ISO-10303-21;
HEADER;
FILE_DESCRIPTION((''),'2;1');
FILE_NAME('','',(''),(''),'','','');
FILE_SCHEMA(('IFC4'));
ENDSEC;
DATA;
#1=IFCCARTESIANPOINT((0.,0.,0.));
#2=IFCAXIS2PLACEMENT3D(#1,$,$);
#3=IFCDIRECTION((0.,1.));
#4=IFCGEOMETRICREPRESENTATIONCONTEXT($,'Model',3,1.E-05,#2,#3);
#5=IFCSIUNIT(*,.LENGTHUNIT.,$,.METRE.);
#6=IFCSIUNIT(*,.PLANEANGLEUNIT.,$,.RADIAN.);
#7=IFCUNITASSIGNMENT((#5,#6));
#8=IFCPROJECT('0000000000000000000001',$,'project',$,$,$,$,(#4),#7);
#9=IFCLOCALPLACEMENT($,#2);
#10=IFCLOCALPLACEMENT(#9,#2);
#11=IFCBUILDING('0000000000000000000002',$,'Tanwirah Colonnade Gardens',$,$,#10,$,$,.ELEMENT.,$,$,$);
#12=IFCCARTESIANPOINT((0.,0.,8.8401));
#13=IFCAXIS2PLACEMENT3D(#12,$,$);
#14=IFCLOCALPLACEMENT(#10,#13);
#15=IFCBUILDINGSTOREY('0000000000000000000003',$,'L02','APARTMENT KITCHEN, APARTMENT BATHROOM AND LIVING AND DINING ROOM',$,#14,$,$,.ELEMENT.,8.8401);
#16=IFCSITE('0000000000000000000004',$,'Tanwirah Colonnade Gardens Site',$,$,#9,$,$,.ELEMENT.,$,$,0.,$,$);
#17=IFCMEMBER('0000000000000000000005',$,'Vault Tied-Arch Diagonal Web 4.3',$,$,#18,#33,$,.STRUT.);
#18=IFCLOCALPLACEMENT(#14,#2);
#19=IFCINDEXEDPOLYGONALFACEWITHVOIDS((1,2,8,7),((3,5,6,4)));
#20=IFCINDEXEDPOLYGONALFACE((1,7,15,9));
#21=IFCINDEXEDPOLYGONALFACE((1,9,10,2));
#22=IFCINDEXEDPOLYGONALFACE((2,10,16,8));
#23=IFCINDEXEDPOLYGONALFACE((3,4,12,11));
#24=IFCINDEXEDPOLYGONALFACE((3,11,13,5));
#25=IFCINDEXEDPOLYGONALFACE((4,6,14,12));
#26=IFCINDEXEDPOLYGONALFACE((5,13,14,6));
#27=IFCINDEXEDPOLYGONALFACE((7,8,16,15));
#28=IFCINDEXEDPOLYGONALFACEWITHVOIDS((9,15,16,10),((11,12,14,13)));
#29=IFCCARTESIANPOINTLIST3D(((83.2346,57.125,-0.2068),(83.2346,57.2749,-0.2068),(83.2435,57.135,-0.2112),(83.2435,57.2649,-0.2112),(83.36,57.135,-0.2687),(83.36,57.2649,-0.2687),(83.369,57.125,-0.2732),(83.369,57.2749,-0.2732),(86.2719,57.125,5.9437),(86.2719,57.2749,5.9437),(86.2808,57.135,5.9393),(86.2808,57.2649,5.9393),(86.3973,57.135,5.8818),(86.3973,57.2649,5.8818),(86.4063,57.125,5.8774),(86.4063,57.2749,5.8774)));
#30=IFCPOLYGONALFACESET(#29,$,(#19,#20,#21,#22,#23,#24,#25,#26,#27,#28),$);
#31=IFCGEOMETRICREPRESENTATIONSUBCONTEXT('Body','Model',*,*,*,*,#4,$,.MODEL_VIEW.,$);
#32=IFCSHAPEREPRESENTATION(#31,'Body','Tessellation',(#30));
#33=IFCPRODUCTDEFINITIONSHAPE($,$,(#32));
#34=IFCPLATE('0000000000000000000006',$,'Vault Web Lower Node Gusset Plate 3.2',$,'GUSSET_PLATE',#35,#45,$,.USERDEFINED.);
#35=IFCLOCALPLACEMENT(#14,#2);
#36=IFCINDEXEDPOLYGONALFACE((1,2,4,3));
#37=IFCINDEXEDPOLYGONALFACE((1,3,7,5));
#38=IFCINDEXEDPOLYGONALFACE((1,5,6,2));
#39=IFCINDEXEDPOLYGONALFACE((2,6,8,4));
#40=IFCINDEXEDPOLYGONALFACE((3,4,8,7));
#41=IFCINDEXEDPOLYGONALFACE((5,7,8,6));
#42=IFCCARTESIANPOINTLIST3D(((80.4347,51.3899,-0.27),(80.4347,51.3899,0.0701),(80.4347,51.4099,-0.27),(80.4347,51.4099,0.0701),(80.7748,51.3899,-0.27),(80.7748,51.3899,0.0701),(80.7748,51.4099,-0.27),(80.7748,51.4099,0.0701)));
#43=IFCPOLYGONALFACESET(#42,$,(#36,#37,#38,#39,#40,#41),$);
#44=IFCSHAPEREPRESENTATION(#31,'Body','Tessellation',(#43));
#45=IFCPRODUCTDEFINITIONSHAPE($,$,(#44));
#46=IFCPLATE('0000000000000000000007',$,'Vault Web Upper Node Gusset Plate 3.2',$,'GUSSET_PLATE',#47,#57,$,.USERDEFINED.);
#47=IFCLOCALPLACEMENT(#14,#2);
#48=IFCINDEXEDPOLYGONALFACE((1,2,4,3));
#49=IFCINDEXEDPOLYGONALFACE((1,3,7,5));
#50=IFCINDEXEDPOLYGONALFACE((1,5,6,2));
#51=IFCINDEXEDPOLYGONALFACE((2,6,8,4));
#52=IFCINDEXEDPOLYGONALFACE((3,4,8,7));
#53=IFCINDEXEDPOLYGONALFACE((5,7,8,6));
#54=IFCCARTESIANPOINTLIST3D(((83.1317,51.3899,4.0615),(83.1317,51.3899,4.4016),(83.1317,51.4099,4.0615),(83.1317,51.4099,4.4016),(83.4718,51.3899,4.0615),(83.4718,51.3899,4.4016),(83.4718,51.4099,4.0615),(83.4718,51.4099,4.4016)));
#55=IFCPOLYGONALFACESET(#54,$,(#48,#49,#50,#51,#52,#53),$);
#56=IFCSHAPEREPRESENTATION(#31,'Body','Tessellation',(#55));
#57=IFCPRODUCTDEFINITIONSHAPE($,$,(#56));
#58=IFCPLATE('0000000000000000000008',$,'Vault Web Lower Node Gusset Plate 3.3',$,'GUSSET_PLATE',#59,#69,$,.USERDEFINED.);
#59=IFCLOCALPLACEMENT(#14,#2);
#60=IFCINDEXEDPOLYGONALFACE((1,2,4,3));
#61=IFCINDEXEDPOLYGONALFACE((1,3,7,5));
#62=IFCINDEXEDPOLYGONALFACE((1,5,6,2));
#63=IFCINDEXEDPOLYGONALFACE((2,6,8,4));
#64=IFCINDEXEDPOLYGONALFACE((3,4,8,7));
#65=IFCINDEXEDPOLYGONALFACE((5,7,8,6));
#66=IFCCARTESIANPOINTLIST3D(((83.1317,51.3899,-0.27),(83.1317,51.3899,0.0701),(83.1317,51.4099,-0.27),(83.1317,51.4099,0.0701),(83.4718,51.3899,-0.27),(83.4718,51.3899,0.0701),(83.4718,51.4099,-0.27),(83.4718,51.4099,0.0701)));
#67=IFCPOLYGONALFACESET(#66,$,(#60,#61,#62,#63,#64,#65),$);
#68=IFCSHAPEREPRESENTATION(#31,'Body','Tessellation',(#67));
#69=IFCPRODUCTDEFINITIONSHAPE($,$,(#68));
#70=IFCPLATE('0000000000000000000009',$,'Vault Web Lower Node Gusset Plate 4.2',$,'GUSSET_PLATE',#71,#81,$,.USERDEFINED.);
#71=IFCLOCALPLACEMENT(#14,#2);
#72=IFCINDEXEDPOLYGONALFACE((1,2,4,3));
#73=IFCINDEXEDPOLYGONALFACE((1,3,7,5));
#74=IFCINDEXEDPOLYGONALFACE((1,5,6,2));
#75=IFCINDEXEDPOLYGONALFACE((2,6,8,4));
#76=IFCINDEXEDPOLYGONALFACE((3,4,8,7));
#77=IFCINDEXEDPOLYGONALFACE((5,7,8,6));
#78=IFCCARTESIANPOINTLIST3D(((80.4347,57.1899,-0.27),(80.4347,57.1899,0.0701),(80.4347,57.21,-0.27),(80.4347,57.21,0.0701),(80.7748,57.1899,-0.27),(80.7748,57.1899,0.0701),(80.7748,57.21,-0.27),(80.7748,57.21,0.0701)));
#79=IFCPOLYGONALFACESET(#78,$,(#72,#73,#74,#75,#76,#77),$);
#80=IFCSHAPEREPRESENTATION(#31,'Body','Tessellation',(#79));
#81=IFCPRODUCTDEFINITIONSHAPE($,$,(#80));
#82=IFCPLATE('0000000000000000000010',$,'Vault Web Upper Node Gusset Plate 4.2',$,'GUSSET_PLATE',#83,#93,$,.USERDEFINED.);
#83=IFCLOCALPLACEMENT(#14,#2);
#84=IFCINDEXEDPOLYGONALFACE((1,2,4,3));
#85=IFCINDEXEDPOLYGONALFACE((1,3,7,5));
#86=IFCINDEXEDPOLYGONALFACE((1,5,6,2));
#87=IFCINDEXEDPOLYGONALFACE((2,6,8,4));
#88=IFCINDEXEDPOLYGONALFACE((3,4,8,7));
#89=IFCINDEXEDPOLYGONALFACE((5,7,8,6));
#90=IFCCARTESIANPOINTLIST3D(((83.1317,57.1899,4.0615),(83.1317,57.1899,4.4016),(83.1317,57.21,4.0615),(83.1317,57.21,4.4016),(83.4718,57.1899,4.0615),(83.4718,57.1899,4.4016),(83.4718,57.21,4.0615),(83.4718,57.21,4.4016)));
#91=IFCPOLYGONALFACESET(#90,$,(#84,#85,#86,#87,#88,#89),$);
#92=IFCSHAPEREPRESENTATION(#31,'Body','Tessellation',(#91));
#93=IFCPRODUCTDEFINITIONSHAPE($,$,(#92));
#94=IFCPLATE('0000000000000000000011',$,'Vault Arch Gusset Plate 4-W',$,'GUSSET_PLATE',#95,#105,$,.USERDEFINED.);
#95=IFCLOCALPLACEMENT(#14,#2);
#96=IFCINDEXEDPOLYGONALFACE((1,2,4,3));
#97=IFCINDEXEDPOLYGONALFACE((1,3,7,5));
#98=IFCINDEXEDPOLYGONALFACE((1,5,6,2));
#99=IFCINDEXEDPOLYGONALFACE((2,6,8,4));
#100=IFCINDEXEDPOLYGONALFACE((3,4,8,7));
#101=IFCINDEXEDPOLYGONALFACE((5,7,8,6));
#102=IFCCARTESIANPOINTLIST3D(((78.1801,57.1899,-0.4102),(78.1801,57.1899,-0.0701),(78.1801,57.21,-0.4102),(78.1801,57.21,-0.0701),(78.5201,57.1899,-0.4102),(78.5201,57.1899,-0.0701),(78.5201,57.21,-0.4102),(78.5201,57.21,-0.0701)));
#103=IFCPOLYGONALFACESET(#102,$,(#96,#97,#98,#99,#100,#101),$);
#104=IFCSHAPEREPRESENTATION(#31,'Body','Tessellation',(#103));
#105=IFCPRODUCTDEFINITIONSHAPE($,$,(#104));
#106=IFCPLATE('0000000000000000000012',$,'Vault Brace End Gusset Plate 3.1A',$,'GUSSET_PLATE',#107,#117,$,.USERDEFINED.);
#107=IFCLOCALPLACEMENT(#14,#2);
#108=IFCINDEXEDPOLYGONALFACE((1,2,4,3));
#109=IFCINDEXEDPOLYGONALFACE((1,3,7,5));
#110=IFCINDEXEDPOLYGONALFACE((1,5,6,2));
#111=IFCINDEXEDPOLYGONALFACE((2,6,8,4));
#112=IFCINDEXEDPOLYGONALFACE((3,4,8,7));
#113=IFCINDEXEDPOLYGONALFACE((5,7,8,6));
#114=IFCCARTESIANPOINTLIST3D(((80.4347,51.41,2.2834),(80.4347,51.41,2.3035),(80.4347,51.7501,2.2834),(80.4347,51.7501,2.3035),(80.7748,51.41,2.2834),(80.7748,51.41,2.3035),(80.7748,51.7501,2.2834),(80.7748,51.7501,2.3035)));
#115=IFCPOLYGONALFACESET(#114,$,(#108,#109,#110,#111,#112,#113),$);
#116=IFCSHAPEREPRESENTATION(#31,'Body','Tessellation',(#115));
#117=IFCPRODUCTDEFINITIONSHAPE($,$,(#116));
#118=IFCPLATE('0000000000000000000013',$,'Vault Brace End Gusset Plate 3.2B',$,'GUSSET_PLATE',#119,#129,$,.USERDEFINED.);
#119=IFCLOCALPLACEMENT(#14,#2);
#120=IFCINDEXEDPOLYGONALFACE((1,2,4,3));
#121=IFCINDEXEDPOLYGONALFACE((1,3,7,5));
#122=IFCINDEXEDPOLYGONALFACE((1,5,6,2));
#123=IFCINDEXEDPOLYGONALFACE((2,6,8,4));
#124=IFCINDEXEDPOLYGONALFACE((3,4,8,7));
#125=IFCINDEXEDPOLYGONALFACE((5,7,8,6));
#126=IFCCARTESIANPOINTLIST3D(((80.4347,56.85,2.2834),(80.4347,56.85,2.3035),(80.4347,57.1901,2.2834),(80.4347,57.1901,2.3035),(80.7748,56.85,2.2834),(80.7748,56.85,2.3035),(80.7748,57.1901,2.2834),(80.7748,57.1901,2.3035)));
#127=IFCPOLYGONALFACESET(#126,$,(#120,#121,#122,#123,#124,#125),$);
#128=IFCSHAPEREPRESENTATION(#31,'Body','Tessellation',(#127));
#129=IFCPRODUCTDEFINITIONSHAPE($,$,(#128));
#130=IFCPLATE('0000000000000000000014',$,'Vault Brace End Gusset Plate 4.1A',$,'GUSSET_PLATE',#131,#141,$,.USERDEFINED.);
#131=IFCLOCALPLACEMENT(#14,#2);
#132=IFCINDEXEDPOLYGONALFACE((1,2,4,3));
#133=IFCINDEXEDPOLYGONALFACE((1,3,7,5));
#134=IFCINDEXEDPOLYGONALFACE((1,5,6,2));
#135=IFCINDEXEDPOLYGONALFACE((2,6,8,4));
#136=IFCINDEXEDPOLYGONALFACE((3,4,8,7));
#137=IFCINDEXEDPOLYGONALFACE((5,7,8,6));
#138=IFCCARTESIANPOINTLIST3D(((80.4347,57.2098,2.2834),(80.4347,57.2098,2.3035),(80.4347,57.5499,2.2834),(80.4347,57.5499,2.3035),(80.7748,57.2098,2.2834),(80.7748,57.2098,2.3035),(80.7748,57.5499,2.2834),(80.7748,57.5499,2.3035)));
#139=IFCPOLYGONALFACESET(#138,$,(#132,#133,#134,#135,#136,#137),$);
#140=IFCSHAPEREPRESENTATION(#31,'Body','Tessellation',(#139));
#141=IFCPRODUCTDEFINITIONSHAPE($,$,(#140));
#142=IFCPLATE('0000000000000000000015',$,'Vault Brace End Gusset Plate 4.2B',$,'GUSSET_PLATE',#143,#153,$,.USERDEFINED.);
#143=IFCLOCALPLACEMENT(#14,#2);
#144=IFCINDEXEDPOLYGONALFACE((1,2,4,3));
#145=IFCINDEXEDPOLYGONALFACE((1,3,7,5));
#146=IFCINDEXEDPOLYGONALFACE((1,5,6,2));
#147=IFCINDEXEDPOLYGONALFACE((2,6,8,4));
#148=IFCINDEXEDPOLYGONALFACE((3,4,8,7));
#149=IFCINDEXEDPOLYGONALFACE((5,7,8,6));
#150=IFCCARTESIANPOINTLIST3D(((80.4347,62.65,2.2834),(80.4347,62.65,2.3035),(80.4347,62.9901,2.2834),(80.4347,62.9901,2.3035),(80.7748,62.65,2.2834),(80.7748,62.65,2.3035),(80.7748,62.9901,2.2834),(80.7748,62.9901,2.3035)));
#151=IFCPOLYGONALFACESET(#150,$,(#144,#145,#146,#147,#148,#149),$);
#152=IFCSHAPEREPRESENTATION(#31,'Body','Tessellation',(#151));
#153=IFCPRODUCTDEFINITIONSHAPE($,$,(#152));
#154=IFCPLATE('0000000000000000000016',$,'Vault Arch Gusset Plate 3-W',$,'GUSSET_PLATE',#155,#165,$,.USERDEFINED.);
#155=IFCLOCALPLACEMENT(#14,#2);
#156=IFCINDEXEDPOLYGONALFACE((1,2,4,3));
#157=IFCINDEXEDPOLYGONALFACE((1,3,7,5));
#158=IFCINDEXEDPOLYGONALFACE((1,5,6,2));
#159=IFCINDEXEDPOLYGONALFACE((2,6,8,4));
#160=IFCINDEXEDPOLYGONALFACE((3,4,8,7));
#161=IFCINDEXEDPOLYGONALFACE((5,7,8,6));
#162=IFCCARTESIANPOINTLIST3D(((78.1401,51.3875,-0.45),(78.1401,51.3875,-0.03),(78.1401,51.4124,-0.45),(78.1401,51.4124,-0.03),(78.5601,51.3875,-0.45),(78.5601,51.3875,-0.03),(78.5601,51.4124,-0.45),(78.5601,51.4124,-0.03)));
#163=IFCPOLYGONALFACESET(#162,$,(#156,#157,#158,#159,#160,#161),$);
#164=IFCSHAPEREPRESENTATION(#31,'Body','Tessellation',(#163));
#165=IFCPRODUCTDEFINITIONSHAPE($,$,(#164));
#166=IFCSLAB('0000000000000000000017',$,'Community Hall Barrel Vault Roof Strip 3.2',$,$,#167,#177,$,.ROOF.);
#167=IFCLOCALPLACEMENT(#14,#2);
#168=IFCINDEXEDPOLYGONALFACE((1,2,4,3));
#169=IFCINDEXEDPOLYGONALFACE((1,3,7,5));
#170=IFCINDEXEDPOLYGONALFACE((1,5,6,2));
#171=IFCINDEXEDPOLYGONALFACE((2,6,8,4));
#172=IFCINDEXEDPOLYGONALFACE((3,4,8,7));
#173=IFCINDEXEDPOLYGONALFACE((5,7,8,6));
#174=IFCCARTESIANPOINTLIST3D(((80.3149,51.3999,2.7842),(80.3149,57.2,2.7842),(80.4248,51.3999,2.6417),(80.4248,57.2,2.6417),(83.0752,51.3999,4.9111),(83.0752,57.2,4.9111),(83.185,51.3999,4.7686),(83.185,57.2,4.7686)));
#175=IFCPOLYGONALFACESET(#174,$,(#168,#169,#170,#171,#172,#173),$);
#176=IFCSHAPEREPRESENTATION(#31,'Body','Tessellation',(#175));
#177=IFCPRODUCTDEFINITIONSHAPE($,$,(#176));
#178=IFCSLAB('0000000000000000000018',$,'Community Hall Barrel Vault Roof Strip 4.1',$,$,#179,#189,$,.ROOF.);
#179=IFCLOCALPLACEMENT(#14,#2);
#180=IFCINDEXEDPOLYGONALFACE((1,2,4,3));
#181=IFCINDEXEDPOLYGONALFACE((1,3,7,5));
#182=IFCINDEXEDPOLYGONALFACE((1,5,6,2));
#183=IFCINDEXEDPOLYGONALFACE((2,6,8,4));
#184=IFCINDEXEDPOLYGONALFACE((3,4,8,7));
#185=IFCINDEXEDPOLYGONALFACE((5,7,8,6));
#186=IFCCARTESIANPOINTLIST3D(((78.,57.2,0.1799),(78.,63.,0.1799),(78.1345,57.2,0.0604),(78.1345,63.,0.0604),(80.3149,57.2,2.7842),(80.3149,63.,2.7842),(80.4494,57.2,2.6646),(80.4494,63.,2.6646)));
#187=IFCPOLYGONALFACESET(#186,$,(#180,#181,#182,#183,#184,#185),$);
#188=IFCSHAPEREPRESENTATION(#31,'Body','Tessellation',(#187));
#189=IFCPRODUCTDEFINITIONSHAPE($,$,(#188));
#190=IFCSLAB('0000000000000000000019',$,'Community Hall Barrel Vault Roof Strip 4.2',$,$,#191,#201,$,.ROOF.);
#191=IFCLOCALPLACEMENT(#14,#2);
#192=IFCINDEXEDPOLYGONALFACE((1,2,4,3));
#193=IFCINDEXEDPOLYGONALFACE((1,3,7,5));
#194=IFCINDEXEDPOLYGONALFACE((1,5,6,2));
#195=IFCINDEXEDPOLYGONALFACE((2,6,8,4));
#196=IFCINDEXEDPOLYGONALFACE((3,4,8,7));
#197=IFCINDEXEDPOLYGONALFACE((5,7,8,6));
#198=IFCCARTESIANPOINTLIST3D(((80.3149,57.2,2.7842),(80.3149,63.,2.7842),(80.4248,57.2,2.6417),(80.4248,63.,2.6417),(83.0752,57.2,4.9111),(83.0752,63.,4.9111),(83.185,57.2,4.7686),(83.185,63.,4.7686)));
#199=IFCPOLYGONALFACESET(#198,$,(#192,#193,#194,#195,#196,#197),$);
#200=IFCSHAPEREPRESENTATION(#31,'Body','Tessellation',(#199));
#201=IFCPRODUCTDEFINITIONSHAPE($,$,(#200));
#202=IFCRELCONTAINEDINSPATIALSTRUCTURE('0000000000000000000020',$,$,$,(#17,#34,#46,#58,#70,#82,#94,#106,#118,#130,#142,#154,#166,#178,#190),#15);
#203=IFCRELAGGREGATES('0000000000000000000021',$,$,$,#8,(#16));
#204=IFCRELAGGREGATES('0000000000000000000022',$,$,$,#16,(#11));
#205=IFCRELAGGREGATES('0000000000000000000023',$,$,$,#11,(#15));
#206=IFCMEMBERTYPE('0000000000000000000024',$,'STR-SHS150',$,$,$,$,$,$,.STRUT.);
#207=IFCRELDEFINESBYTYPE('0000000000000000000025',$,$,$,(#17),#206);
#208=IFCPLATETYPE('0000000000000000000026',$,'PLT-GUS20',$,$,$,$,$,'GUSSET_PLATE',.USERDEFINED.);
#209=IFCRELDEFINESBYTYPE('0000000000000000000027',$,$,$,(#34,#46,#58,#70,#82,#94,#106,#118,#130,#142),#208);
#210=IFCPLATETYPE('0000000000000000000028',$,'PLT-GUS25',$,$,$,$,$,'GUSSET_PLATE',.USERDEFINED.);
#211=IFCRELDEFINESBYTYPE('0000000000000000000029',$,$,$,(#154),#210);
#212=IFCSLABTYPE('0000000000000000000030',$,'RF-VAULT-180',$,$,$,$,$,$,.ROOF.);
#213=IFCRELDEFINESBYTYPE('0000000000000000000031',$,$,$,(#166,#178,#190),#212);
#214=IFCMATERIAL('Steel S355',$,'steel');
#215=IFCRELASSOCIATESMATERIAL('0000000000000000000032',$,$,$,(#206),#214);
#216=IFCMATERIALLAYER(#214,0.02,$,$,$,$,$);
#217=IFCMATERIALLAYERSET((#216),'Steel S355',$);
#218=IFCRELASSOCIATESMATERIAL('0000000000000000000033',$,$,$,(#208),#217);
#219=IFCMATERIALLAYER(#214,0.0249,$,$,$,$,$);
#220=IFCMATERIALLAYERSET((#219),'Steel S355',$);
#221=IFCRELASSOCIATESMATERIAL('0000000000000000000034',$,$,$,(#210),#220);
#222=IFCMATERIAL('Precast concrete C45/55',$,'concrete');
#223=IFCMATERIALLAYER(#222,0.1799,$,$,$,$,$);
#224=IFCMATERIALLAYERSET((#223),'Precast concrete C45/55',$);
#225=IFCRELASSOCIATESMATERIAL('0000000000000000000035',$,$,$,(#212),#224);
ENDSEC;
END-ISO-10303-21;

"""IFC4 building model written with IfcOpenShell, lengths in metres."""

from ifc_helpers import new_model, si_unit, direction, frame, origin, origin_2d, place, context, subcontext, project, spatial, polyline, rectangle, hollow_rectangle, outline, extrude, material, layer, layer_set, material_profile, profile_set, type_object, element, save


model = new_model("IFC4")

# Units and contexts
model_context = context("Model", 3, precision=1e-05, world=origin(), true_north=direction((0.0, 1.0)))
body_context = subcontext(model_context, "Body", "Model", "MODEL_VIEW")
ifc_project = project(units=[si_unit("LENGTHUNIT", "METRE"), si_unit("PLANEANGLEUNIT", "RADIAN")], contexts=[model_context])

# Site, building, storey
site_placement = place(None, origin())
site = spatial("IfcSite", under=ifc_project, at=site_placement, Name="Tanwirah Colonnade Gardens Site", CompositionType="ELEMENT", RefElevation=0.0)
building_placement = place(site_placement, origin())
building = spatial("IfcBuilding", under=site, at=building_placement, Name="Tanwirah Colonnade Gardens", CompositionType="ELEMENT")
storey_placement = place(building_placement, frame((0.0, 0.0, 8.8401)))
storey = spatial("IfcBuildingStorey", under=building, at=storey_placement, Name="L02", Description="APARTMENT KITCHEN, APARTMENT BATHROOM AND LIVING AND DINING ROOM", CompositionType="ELEMENT", Elevation=8.8401)

# Shared definitions
ifc_material_1 = material(Name="Steel S355", Category="steel")

# Shared definitions
ifc_material_2 = material(Name="Precast concrete C45/55", Category="concrete")

# Member
ifc_material_profile_1 = material_profile(ifc_material_1, hollow_rectangle(XDim=0.1499, YDim=0.1499, WallThickness=0.01, at=origin_2d()), Name="SHS 150x150x10")
ifc_profile_set_1 = profile_set([ifc_material_profile_1], Name="Steel S355")
member_type_1 = type_object("IfcMemberType", Name="STR-SHS150", PredefinedType="STRUT", material=ifc_profile_set_1)
member_1_placement = place(storey_placement, frame((83.3018, 57.2, -0.24), z_axis=(0.442781, 0.0, 0.89663), x_axis=(0.0, 1.0, 0.0)))
element("IfcMember", 1, at=member_1_placement, inside=storey, type_object=member_type_1, Name="Vault Tied-Arch Diagonal Web 4.3", PredefinedType="STRUT", context=body_context, shape_type="SweptSolid", body=[
    extrude(hollow_rectangle(XDim=0.1499, YDim=0.1499, WallThickness=0.01, at=origin_2d()), origin(), (0.0, 0.0, 1.0), 6.8596),
])

# Plates
ifc_layer_1 = layer(ifc_material_1, 0.02)
ifc_layer_set_1 = layer_set([ifc_layer_1], Name="Steel S355")
plate_type_1 = type_object("IfcPlateType", Name="PLT-GUS20", ElementType="GUSSET_PLATE", PredefinedType="USERDEFINED", material=ifc_layer_set_1)
for number, where, z_axis, x_axis, name in (
    (2, (80.6047, 51.3999, -0.27), (0.0, 0.0, 1.0), (1.0, 0.0, 0.0), "Vault Web Lower Node Gusset Plate 3.2"),
    (3, (83.3018, 51.3999, 4.0615), (0.0, 0.0, 1.0), (1.0, 0.0, 0.0), "Vault Web Upper Node Gusset Plate 3.2"),
    (4, (83.3018, 51.3999, -0.27), (0.0, 0.0, 1.0), (1.0, 0.0, 0.0), "Vault Web Lower Node Gusset Plate 3.3"),
    (5, (80.6047, 57.2, -0.27), (0.0, 0.0, 1.0), (1.0, 0.0, 0.0), "Vault Web Lower Node Gusset Plate 4.2"),
    (6, (83.3018, 57.2, 4.0615), (0.0, 0.0, 1.0), (1.0, 0.0, 0.0), "Vault Web Upper Node Gusset Plate 4.2"),
    (7, (78.3501, 57.2, -0.4102), (0.0, 0.0, 1.0), (1.0, 0.0, 0.0), "Vault Arch Gusset Plate 4-W"),
):
    element("IfcPlate", number, at=place(storey_placement, frame(where, z_axis=z_axis, x_axis=x_axis)), inside=storey, type_object=plate_type_1, Name=name, ObjectType="GUSSET_PLATE", PredefinedType="USERDEFINED", context=body_context, shape_type="SweptSolid", body=[
        extrude(rectangle(XDim=0.3401, YDim=0.02, at=origin_2d()), origin(), (0.0, 0.0, 1.0), 0.3401),
    ])
for number, where, z_axis, x_axis, name in (
    (8, (80.6047, 51.5801, 2.2834), (0.0, 0.0, 1.0), (1.0, 0.0, 0.0), "Vault Brace End Gusset Plate 3.1A"),
    (9, (80.6047, 57.02, 2.2834), (0.0, 0.0, 1.0), (1.0, 0.0, 0.0), "Vault Brace End Gusset Plate 3.2B"),
    (10, (80.6047, 57.3799, 2.2834), (0.0, 0.0, 1.0), (1.0, 0.0, 0.0), "Vault Brace End Gusset Plate 4.1A"),
    (11, (80.6047, 62.8201, 2.2834), (0.0, 0.0, 1.0), (1.0, 0.0, 0.0), "Vault Brace End Gusset Plate 4.2B"),
):
    element("IfcPlate", number, at=place(storey_placement, frame(where, z_axis=z_axis, x_axis=x_axis)), inside=storey, type_object=plate_type_1, Name=name, ObjectType="GUSSET_PLATE", PredefinedType="USERDEFINED", context=body_context, shape_type="SweptSolid", body=[
        extrude(rectangle(XDim=0.3401, YDim=0.3401, at=origin_2d()), origin(), (0.0, 0.0, 1.0), 0.02),
    ])
ifc_layer_2 = layer(ifc_material_1, 0.0249)
ifc_layer_set_2 = layer_set([ifc_layer_2], Name="Steel S355")
plate_type_2 = type_object("IfcPlateType", Name="PLT-GUS25", ElementType="GUSSET_PLATE", PredefinedType="USERDEFINED", material=ifc_layer_set_2)
plate_placement = place(storey_placement, frame((78.3501, 51.3999, -0.45), z_axis=(0.0, 0.0, 1.0), x_axis=(1.0, 0.0, 0.0)))
element("IfcPlate", 12, at=plate_placement, inside=storey, type_object=plate_type_2, Name="Vault Arch Gusset Plate 3-W", ObjectType="GUSSET_PLATE", PredefinedType="USERDEFINED", context=body_context, shape_type="SweptSolid", body=[
    extrude(rectangle(XDim=0.4199, YDim=0.0249, at=origin_2d()), origin(), (0.0, 0.0, 1.0), 0.4199),
])

# Slabs
ifc_layer_3 = layer(ifc_material_2, 0.1799)
ifc_layer_set_3 = layer_set([ifc_layer_3], Name="Precast concrete C45/55")
slab_type = type_object("IfcSlabType", Name="RF-VAULT-180", PredefinedType="ROOF", material=ifc_layer_set_3)
slab_1_placement = place(storey_placement, frame((80.3149, 51.3999, 2.7842), z_axis=(-0.610374, 0.0, 0.792113), x_axis=(0.792113, 0.0, 0.610374)))
element("IfcSlab", 13, at=slab_1_placement, inside=storey, type_object=slab_type, Name="Community Hall Barrel Vault Roof Strip 3.2", PredefinedType="ROOF", context=body_context, shape_type="SweptSolid", body=[
    extrude(outline(polyline([(0.0, 0.0), (3.4847, 0.0), (3.4847, 5.8), (0.0, 5.8), (0.0, 0.0)])), origin(), (0.0, 0.0, -1.0), 0.1799),
])
slab_2_placement = place(storey_placement, frame((78.0, 57.2, 0.1799), z_axis=(-0.747402, 0.0, 0.664373), x_axis=(0.664373, 0.0, 0.747402)))
element("IfcSlab", 14, at=slab_2_placement, inside=storey, type_object=slab_type, Name="Community Hall Barrel Vault Roof Strip 4.1", PredefinedType="ROOF", context=body_context, shape_type="SweptSolid", body=[
    extrude(outline(polyline([(0.0, 0.0), (3.4844, 0.0), (3.4844, 5.8), (0.0, 5.8), (0.0, 0.0)])), origin(), (0.0, 0.0, -1.0), 0.1799),
])
slab_3_placement = place(storey_placement, frame((80.3149, 57.2, 2.7842), z_axis=(-0.610374, 0.0, 0.792113), x_axis=(0.792113, 0.0, 0.610374)))
element("IfcSlab", 15, at=slab_3_placement, inside=storey, type_object=slab_type, Name="Community Hall Barrel Vault Roof Strip 4.2", PredefinedType="ROOF", context=body_context, shape_type="SweptSolid", body=[
    extrude(outline(polyline([(0.0, 0.0), (3.4847, 0.0), (3.4847, 5.8), (0.0, 5.8), (0.0, 0.0)])), origin(), (0.0, 0.0, -1.0), 0.1799),
])

save(model, "model.ifc")
